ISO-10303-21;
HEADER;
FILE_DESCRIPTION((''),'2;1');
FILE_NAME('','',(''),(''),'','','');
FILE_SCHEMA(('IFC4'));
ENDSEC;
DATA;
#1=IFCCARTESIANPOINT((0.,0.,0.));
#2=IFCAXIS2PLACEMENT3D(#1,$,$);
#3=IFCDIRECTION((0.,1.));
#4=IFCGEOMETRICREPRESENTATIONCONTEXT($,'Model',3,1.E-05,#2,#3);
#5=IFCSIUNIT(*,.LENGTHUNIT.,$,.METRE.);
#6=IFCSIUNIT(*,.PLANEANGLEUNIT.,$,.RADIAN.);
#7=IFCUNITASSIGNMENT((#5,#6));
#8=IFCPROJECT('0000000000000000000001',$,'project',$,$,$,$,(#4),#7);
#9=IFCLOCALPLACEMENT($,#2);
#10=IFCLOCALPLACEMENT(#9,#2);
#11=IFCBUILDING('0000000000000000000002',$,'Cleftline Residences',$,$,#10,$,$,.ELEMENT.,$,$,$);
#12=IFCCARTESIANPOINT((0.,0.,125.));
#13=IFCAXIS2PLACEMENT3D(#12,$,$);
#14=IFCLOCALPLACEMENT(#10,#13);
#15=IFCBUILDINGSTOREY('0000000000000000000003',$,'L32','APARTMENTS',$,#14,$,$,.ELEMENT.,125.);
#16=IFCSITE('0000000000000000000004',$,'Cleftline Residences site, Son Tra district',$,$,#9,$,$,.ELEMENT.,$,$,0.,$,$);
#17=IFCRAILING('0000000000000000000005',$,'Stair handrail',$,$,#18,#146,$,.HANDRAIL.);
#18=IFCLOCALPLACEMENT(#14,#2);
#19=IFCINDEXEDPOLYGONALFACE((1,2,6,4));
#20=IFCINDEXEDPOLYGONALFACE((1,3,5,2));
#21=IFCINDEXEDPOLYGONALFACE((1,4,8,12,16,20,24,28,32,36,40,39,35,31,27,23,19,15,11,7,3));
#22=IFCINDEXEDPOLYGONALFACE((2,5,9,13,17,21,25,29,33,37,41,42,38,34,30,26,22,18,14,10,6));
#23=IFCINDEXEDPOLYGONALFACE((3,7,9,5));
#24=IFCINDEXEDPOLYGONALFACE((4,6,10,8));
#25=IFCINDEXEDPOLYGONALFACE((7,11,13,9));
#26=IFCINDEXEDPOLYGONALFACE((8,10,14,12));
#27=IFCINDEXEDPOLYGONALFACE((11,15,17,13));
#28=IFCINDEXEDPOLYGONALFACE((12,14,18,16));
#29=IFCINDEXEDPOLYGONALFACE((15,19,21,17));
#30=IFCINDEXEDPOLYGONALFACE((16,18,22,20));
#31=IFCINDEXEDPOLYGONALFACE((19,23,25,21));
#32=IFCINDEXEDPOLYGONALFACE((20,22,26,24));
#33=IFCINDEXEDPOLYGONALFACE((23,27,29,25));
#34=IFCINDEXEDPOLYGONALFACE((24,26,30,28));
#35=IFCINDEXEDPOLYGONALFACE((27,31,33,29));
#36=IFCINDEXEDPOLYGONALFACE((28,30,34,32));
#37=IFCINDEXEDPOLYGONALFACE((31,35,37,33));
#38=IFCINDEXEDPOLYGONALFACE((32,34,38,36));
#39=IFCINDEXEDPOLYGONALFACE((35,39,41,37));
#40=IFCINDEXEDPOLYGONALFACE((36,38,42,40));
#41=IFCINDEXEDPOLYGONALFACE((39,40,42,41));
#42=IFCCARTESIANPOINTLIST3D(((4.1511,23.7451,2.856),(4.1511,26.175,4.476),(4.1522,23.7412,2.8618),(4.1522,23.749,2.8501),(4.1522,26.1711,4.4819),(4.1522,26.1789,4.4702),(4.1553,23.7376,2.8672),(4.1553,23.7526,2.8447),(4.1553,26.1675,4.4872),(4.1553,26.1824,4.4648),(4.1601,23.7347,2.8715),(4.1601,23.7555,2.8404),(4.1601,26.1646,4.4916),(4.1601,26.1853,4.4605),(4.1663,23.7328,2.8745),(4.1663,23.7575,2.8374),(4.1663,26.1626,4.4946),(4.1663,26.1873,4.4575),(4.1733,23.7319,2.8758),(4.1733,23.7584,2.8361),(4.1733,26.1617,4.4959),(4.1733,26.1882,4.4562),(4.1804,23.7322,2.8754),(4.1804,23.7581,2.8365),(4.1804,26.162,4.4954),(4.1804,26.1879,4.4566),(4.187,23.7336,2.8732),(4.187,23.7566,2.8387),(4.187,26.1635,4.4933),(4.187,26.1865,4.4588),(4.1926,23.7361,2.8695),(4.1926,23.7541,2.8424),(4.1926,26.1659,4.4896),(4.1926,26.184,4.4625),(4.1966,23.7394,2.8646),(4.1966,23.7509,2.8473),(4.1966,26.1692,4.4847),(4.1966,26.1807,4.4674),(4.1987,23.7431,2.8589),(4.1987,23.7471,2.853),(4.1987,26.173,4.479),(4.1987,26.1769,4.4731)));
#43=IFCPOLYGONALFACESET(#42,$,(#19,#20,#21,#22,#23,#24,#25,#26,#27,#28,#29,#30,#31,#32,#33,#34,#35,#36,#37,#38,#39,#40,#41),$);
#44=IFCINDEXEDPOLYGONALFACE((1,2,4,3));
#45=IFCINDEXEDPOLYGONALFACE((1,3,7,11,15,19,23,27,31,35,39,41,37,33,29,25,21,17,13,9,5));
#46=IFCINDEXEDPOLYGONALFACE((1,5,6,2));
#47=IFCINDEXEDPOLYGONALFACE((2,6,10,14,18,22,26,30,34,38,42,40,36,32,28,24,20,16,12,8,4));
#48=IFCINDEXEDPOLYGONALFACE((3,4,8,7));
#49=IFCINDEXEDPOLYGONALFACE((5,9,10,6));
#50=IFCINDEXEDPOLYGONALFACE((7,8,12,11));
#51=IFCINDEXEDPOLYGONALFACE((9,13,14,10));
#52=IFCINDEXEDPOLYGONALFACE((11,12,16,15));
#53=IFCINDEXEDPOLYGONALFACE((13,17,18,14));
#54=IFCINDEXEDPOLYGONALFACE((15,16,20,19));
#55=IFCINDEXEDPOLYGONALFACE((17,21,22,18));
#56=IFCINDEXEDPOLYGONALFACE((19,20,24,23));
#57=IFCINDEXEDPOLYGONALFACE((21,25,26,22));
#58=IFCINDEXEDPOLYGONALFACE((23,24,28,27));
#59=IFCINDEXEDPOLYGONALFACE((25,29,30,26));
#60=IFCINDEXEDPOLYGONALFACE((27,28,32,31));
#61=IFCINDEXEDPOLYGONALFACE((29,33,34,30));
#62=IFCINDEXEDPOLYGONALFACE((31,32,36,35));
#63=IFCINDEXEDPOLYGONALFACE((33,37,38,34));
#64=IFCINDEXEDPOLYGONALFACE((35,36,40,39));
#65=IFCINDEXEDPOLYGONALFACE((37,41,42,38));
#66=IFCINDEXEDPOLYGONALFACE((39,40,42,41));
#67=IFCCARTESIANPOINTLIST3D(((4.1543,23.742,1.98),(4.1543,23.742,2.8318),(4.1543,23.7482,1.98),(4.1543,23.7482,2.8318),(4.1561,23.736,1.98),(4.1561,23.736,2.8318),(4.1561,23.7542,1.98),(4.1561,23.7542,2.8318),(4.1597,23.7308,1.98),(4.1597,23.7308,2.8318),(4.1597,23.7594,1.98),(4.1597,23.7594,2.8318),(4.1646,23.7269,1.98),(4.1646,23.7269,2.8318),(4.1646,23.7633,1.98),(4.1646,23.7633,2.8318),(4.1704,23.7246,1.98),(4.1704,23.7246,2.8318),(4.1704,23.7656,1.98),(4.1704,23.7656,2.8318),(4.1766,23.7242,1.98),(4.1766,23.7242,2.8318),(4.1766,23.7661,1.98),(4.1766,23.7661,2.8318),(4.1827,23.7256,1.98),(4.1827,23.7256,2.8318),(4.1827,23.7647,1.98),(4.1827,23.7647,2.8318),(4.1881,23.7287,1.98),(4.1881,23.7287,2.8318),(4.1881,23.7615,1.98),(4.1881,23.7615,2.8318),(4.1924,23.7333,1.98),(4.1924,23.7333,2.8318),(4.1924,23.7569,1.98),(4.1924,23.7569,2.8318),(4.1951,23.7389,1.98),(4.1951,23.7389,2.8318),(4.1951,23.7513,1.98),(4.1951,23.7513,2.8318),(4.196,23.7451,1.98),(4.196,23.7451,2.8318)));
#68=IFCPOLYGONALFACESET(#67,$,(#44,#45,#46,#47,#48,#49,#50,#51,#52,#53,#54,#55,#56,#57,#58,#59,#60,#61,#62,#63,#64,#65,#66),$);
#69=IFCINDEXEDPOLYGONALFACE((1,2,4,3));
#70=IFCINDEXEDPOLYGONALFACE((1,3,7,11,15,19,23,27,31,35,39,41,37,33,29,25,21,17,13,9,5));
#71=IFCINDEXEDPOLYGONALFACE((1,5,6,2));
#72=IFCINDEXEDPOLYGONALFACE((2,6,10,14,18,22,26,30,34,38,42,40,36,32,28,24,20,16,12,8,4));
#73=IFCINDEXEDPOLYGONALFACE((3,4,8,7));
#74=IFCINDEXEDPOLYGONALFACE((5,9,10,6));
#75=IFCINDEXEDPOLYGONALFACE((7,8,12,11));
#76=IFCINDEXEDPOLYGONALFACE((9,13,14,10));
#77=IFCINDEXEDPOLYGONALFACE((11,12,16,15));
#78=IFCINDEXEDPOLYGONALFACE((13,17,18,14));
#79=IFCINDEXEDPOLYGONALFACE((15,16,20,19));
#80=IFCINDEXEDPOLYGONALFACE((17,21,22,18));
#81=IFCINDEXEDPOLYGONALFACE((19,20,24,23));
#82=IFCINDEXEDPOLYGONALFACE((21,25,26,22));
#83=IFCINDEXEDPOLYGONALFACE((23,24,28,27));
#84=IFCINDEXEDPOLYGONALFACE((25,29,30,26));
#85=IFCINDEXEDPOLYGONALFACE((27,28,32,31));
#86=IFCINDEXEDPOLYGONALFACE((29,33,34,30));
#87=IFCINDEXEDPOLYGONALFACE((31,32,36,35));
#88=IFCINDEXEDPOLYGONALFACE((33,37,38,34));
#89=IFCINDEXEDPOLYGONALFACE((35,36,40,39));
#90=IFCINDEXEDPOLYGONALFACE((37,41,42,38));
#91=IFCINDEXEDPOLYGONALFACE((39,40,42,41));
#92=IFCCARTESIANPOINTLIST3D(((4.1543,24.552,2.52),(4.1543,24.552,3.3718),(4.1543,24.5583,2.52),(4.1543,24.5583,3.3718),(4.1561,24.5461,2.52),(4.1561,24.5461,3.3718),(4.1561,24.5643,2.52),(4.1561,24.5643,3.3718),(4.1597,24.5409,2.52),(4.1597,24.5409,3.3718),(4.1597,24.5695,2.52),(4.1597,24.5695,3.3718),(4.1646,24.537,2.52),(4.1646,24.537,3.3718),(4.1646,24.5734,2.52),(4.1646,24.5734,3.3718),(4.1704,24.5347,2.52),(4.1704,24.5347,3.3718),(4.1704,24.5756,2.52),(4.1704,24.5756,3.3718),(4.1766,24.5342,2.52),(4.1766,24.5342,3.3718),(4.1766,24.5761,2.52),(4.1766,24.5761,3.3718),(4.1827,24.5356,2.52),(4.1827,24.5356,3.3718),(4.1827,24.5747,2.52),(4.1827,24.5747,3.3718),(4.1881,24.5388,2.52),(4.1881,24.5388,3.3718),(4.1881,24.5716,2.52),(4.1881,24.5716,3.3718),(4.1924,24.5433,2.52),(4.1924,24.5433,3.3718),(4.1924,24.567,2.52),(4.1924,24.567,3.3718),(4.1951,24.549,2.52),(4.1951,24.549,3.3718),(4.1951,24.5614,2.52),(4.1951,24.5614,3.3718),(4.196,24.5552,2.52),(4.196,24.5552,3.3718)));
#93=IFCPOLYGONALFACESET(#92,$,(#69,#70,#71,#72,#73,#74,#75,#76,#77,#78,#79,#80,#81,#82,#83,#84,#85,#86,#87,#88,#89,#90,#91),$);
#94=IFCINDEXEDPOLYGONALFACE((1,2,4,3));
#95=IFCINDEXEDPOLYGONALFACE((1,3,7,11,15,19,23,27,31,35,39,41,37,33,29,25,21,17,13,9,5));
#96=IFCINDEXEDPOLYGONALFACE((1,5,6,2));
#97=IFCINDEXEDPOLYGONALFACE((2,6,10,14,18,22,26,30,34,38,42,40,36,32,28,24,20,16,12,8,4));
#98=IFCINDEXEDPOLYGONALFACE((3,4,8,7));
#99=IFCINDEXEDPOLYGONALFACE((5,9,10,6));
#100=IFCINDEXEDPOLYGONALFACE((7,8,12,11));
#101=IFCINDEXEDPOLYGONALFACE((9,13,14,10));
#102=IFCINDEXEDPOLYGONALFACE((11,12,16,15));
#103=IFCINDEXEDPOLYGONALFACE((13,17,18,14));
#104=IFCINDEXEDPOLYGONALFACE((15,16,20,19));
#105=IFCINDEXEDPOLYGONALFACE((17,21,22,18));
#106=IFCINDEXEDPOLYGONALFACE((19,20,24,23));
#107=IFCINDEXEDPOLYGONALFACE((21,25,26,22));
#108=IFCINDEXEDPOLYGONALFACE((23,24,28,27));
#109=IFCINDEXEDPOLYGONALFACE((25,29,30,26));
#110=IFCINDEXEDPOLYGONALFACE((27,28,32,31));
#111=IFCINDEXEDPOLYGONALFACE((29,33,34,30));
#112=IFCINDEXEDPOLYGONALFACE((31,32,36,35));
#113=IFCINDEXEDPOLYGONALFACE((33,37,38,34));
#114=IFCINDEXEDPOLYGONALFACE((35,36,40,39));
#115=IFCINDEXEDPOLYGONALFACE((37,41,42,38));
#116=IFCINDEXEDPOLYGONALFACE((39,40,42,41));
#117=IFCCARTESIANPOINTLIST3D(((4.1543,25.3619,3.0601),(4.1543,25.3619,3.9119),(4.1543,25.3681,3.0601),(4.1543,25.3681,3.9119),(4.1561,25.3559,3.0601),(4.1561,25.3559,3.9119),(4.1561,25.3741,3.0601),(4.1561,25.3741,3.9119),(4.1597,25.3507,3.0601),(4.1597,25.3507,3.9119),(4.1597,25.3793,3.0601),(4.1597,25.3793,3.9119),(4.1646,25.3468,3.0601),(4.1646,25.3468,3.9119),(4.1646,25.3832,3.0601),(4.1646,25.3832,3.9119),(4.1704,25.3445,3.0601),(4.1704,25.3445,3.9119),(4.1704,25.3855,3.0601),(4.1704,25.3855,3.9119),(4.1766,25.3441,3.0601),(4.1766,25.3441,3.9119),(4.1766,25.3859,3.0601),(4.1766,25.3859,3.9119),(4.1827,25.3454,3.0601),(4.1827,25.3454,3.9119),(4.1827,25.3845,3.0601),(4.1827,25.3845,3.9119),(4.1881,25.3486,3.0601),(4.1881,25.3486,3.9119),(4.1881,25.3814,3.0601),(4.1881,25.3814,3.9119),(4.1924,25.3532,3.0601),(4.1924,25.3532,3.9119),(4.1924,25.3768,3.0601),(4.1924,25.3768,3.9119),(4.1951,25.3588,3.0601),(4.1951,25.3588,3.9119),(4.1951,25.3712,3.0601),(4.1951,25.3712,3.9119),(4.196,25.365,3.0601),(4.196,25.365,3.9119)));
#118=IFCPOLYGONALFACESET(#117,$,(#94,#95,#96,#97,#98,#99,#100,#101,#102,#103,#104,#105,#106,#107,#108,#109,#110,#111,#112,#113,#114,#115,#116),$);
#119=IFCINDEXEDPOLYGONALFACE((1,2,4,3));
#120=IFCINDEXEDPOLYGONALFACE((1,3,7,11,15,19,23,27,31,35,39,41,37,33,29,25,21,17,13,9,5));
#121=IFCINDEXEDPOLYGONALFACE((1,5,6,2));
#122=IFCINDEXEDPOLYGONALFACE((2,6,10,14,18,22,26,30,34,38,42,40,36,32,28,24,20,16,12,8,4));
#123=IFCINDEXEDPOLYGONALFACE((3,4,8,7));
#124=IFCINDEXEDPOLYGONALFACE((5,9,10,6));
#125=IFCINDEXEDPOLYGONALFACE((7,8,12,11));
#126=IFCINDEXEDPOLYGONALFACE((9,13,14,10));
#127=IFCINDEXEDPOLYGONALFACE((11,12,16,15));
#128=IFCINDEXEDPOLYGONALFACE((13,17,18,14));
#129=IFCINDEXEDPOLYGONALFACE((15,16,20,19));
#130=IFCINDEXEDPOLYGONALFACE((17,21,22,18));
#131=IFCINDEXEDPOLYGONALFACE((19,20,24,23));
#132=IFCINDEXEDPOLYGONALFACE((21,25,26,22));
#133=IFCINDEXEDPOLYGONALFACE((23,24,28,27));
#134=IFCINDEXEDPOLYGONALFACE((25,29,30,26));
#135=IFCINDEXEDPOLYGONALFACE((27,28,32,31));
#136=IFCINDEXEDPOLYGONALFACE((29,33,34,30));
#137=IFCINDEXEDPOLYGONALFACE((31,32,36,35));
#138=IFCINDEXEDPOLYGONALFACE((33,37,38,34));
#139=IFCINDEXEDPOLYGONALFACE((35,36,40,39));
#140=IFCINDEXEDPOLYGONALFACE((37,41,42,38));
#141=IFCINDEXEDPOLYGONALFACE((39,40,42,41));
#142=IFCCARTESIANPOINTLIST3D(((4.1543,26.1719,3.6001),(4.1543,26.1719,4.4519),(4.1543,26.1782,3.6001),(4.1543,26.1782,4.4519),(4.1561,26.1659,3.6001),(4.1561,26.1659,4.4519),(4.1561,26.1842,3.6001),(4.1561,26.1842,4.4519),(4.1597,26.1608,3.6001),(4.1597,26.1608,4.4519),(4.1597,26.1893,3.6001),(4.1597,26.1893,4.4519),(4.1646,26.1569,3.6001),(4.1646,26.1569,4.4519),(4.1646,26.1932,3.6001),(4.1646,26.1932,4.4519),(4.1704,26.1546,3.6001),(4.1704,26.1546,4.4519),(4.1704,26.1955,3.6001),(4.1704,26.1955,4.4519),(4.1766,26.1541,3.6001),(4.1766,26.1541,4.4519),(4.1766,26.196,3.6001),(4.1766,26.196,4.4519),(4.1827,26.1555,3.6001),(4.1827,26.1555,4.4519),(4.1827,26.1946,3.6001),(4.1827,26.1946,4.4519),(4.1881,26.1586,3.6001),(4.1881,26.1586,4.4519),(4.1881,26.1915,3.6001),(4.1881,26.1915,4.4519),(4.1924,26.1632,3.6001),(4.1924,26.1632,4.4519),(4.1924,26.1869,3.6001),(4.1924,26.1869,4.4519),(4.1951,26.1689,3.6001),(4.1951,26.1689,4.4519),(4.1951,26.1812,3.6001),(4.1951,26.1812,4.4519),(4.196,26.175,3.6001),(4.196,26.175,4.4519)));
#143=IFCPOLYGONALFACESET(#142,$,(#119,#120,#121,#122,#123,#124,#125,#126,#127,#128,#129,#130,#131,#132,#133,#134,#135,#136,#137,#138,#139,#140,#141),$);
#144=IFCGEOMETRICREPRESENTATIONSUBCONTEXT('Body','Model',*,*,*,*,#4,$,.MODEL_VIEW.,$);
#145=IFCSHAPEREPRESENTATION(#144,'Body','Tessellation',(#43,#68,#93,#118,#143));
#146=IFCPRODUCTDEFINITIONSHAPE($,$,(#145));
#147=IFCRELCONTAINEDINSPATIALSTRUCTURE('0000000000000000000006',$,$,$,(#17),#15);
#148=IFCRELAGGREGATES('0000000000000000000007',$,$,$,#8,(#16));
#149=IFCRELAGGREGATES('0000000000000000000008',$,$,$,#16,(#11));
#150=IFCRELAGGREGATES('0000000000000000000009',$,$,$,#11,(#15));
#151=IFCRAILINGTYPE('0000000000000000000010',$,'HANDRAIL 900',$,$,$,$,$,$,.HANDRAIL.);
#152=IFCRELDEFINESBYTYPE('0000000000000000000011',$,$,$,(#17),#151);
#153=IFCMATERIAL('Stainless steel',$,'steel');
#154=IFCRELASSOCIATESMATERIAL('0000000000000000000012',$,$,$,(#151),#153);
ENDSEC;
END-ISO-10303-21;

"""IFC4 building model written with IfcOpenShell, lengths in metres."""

from ifc_helpers import new_model, si_unit, direction, frame, origin, origin_2d, place, context, subcontext, project, spatial, circle, extrude, material, type_object, element, save


model = new_model("IFC4")

# Units and contexts
model_context = context("Model", 3, precision=1e-05, world=origin(), true_north=direction((0.0, 1.0)))
body_context = subcontext(model_context, "Body", "Model", "MODEL_VIEW")
ifc_project = project(units=[si_unit("LENGTHUNIT", "METRE"), si_unit("PLANEANGLEUNIT", "RADIAN")], contexts=[model_context])

# Site, building, storey
site_placement = place(None, origin())
site = spatial("IfcSite", under=ifc_project, at=site_placement, Name="Cleftline Residences site, Son Tra district", CompositionType="ELEMENT", RefElevation=0.0)
building_placement = place(site_placement, origin())
building = spatial("IfcBuilding", under=site, at=building_placement, Name="Cleftline Residences", CompositionType="ELEMENT")
storey_placement = place(building_placement, frame((0.0, 0.0, 125.0)))
storey = spatial("IfcBuildingStorey", under=building, at=storey_placement, Name="L32", Description="APARTMENTS", CompositionType="ELEMENT", Elevation=125.0)

# Railing
ifc_material_1 = material(Name="Stainless steel", Category="steel")
railing_type = type_object("IfcRailingType", Name="HANDRAIL 900", PredefinedType="HANDRAIL", material=ifc_material_1)
railing_placement = place(storey_placement, frame((4.175, 23.7451, 1.98)))
element("IfcRailing", 1, at=railing_placement, inside=storey, type_object=railing_type, Name="Stair handrail", PredefinedType="HANDRAIL", context=body_context, shape_type="SweptSolid", body=[
    extrude(circle(Radius=0.0239, at=origin_2d()), frame((0.0, 0.0, 0.876), z_axis=(0.0, 0.832025, 0.554739), x_axis=(-1.0, 0.0, 0.0)), (0.0, 0.0, 1.0), 2.9204),
    extrude(circle(Radius=0.021, at=origin_2d()), origin(), (0.0, 0.0, 1.0), 0.8518),
    extrude(circle(Radius=0.021, at=origin_2d()), frame((0.0, 0.8101, 0.54)), (0.0, 0.0, 1.0), 0.8518),
    extrude(circle(Radius=0.021, at=origin_2d()), frame((0.0, 1.6199, 1.0801)), (0.0, 0.0, 1.0), 0.8518),
    extrude(circle(Radius=0.021, at=origin_2d()), frame((0.0, 2.4299, 1.6201)), (0.0, 0.0, 1.0), 0.8518),
])

save(model, "model.ifc")
